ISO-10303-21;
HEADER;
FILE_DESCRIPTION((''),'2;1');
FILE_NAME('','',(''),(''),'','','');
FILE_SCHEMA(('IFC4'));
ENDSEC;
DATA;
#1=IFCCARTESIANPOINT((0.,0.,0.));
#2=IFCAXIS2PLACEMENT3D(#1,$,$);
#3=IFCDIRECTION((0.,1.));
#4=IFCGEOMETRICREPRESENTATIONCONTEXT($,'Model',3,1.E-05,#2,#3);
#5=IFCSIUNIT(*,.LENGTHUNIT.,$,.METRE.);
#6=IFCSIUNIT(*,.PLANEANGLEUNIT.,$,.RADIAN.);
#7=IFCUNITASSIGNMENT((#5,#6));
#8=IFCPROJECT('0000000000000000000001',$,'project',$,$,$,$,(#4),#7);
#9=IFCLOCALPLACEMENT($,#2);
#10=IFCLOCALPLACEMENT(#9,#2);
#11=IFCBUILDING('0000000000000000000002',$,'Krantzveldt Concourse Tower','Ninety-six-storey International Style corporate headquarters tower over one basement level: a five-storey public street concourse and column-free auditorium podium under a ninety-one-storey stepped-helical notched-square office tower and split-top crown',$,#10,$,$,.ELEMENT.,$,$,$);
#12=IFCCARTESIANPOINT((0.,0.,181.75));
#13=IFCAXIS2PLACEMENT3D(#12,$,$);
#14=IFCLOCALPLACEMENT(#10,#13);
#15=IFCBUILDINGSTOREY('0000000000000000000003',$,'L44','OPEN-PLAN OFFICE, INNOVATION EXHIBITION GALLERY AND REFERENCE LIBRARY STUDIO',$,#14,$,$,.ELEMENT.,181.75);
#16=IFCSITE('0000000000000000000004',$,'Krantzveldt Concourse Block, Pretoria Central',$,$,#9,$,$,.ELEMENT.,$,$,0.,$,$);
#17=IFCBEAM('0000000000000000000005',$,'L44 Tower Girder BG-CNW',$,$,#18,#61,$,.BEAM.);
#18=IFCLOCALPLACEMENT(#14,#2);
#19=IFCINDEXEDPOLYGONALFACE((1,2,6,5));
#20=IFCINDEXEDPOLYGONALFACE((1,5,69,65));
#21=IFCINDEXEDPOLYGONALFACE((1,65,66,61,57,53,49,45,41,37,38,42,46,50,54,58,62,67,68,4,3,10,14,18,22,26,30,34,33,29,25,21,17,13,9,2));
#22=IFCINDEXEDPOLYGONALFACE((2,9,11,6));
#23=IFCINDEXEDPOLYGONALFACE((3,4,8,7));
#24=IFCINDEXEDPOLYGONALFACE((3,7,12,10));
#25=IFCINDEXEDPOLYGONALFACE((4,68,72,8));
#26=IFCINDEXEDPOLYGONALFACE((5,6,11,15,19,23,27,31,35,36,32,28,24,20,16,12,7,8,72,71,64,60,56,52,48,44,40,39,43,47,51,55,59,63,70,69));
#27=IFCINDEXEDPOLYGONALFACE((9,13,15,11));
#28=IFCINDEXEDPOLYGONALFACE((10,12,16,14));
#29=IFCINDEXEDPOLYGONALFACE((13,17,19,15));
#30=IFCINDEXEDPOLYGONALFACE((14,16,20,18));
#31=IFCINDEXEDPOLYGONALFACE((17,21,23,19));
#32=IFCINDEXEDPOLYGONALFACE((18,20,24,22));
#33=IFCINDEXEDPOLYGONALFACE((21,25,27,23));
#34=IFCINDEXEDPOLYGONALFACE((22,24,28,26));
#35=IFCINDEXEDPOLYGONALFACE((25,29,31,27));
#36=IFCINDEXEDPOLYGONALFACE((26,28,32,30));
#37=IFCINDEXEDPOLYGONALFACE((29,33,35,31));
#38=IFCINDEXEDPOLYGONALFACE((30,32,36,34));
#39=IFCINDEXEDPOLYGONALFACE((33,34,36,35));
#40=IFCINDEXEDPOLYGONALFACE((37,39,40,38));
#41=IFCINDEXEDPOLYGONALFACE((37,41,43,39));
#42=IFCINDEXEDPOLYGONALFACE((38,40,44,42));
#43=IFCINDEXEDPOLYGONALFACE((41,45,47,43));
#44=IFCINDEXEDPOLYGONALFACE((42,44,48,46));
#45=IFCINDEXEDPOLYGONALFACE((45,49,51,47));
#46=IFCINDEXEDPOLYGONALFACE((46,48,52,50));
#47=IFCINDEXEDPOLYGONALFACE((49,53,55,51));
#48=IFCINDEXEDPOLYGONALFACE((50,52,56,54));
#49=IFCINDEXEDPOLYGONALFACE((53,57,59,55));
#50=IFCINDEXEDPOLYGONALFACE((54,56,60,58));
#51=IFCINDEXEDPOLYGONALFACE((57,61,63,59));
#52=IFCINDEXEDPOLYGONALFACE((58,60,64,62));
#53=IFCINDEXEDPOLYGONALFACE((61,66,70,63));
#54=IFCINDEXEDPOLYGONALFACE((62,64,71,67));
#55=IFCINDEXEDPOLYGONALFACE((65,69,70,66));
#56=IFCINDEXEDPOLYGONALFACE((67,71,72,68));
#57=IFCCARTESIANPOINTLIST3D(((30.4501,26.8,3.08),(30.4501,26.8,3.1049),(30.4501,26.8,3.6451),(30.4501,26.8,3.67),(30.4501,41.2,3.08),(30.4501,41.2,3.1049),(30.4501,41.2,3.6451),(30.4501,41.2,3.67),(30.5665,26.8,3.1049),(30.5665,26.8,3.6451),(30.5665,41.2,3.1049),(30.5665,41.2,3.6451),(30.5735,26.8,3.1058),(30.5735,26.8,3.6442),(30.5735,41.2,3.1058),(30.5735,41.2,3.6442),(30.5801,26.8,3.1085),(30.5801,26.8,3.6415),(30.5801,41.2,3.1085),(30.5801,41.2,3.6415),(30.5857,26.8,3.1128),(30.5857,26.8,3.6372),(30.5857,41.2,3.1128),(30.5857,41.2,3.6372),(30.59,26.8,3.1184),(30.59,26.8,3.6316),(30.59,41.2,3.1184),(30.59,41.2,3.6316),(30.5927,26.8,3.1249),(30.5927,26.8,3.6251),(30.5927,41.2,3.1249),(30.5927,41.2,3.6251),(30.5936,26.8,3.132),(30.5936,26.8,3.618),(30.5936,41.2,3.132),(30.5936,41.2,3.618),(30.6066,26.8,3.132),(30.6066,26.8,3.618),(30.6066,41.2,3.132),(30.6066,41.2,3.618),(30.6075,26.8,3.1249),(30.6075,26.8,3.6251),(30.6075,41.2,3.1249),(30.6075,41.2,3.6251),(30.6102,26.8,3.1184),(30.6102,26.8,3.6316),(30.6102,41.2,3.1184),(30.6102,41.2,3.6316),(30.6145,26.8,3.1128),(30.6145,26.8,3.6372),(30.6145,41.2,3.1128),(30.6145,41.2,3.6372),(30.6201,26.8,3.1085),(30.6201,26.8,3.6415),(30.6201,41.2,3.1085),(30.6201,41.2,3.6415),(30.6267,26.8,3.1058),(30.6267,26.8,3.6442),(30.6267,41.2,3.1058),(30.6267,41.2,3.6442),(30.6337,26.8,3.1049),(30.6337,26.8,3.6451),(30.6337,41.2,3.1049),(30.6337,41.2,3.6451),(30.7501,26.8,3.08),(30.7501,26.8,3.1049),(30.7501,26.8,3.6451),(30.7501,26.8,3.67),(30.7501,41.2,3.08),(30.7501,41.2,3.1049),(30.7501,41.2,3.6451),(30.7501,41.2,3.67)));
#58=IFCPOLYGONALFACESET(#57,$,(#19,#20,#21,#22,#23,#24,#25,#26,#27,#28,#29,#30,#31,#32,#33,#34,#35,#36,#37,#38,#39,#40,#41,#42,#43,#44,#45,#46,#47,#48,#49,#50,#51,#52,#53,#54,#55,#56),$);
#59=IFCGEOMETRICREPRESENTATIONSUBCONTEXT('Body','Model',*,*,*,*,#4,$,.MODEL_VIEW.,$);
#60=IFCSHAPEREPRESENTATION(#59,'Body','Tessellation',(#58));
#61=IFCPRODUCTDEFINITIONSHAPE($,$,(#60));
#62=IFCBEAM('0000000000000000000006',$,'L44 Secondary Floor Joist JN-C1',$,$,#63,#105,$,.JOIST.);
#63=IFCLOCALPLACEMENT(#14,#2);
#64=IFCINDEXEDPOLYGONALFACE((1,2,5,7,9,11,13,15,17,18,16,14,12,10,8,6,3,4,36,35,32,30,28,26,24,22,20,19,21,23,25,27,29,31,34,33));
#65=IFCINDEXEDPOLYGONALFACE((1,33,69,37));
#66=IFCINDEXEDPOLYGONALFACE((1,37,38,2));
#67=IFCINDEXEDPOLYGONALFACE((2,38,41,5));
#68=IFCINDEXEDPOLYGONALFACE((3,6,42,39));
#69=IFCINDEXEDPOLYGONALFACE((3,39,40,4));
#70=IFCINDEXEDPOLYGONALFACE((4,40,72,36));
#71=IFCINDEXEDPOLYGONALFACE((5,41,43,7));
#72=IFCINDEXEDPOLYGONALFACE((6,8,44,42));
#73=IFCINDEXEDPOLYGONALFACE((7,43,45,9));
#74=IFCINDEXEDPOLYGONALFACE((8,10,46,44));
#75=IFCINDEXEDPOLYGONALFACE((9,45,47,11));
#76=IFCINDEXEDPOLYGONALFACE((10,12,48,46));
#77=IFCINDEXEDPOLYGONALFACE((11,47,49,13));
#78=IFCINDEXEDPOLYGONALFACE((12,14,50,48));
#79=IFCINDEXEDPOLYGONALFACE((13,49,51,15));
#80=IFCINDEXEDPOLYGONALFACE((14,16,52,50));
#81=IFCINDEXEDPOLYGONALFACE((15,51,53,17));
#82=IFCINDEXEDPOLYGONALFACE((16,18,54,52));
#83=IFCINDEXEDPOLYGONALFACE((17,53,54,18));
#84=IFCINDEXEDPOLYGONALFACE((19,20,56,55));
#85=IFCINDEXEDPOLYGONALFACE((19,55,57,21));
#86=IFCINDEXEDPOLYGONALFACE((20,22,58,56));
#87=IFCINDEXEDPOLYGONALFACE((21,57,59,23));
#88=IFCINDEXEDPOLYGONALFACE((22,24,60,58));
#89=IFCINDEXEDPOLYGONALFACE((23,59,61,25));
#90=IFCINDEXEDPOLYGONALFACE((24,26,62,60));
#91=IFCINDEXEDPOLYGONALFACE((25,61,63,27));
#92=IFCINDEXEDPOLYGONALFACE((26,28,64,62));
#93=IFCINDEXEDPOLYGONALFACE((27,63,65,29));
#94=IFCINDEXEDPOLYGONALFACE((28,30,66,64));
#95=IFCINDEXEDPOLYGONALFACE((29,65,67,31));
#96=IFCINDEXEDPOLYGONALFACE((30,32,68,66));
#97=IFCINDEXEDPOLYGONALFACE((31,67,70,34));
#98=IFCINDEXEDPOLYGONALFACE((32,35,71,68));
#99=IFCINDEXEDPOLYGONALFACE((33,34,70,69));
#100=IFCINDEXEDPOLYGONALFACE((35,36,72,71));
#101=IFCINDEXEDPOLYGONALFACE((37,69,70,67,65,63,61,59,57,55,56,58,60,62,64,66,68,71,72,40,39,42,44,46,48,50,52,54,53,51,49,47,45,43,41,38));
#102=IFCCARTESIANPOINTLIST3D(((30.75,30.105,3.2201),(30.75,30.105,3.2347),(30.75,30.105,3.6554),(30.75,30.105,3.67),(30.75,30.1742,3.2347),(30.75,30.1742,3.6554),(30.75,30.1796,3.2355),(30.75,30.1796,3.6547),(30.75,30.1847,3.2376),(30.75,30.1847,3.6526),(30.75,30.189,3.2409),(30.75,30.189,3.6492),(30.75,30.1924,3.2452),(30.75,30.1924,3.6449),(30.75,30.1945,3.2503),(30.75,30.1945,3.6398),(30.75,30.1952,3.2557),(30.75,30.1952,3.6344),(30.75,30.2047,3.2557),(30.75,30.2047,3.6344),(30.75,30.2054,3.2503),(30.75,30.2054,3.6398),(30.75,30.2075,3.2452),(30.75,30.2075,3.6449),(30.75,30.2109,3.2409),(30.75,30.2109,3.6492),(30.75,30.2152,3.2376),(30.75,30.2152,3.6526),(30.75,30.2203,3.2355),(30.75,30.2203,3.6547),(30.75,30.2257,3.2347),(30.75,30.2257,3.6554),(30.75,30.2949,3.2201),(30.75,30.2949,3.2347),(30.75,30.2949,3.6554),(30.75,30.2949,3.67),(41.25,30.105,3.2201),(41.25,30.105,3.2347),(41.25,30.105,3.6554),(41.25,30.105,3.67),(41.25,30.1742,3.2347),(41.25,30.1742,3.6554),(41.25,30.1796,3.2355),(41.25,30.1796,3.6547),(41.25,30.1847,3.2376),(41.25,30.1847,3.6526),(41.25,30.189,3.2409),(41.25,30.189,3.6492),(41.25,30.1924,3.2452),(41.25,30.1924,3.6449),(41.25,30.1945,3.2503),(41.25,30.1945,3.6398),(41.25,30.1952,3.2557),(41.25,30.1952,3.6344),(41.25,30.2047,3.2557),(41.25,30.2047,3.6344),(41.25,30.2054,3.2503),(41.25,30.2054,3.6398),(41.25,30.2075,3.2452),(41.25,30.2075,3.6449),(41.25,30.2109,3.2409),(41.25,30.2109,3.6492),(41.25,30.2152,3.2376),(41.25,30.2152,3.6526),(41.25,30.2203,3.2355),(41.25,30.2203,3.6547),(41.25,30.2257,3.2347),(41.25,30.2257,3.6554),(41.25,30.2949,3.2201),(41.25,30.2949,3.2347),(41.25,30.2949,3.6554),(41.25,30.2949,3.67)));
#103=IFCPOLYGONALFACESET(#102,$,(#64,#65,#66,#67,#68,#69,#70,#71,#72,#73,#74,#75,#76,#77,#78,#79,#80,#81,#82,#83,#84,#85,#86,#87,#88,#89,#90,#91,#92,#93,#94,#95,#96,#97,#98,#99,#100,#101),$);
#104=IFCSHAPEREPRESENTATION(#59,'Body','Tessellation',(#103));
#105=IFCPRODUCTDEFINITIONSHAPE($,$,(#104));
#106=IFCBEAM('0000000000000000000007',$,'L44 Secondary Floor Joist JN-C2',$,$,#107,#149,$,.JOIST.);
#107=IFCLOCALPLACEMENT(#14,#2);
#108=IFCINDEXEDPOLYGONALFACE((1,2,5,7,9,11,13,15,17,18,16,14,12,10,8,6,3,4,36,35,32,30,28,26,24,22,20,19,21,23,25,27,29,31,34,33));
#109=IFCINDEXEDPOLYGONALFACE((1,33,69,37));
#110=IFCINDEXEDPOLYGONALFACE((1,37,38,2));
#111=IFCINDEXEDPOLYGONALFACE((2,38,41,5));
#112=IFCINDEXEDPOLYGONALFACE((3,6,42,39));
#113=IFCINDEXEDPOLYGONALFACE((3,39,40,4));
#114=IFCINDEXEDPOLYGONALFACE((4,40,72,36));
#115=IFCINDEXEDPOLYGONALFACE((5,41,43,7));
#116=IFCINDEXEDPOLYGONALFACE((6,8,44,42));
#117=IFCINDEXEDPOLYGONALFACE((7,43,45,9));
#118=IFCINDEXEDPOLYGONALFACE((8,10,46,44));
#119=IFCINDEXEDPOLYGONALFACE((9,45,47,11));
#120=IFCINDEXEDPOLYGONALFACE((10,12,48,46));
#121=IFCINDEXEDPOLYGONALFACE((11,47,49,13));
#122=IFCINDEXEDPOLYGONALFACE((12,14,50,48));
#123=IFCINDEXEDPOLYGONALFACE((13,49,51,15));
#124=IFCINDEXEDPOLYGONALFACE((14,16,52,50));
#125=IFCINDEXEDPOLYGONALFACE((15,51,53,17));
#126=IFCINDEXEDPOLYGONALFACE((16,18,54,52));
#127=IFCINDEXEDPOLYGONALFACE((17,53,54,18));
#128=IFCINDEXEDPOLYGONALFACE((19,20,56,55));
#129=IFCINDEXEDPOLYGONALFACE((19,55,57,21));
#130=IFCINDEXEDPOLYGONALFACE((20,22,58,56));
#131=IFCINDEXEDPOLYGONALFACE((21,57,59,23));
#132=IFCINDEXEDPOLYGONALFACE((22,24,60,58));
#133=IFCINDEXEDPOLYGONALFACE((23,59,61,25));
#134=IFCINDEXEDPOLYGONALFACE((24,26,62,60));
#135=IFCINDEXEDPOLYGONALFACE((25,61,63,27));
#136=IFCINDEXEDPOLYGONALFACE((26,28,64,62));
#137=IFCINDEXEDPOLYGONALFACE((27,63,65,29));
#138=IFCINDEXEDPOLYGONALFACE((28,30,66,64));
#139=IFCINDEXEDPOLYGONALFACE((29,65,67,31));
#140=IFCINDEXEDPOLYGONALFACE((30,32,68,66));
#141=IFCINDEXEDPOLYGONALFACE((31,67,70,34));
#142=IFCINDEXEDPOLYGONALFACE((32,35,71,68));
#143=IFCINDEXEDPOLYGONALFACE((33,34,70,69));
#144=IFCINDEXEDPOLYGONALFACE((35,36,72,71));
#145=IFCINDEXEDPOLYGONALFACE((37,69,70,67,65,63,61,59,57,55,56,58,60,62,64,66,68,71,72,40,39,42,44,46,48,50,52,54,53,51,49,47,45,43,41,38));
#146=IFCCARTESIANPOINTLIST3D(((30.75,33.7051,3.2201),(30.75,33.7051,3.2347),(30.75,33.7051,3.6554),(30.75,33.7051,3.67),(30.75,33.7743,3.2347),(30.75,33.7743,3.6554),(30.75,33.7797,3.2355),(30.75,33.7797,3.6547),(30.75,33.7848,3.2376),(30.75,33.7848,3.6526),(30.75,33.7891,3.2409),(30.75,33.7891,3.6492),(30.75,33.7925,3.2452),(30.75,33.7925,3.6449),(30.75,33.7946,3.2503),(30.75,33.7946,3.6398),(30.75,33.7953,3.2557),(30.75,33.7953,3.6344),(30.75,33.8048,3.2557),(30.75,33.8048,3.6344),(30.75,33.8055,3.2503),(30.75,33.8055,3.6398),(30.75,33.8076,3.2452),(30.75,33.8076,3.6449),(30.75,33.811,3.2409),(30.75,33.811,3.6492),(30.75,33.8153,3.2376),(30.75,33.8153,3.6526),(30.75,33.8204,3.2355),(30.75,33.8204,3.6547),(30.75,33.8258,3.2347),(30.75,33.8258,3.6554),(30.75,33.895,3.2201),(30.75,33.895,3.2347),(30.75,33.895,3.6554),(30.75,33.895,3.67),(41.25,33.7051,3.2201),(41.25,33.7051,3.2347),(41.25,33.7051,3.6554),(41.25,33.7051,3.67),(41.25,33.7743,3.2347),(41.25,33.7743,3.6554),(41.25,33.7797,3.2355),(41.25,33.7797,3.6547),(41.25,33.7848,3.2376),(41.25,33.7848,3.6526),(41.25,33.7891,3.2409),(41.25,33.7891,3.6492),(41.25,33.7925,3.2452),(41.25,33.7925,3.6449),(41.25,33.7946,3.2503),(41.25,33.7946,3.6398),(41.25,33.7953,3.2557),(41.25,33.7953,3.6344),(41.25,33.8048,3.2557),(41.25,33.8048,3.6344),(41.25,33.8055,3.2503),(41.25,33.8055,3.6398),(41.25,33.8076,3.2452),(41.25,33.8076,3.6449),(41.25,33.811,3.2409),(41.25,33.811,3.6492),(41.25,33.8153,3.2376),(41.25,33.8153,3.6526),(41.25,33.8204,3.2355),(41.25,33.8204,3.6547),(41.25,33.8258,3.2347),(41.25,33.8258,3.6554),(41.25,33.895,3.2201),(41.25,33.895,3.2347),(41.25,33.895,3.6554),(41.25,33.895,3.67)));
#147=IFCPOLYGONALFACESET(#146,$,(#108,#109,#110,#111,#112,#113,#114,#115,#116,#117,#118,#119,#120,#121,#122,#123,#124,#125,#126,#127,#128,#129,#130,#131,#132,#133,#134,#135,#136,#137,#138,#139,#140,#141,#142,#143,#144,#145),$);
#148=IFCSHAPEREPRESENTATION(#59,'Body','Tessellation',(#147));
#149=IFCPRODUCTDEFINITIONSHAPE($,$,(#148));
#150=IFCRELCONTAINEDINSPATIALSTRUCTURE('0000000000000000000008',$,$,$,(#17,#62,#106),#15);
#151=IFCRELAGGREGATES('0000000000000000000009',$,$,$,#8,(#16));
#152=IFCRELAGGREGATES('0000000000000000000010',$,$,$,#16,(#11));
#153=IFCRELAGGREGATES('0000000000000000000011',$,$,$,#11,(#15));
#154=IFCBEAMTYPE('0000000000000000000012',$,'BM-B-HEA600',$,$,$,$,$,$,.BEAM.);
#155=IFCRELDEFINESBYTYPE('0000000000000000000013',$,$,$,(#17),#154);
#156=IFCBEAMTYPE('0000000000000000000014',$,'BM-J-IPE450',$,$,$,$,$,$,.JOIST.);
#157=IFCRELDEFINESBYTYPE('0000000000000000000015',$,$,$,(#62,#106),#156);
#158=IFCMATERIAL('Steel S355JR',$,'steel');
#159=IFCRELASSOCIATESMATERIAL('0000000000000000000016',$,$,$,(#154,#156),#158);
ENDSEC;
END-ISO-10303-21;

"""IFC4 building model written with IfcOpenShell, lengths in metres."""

from ifc_helpers import new_model, si_unit, direction, frame, origin, origin_2d, place, context, subcontext, project, spatial, i_section, extrude, source, transform, mapped, material, material_profile, profile_set, type_object, type_shapes, element, save


model = new_model("IFC4")

# Units and contexts
model_context = context("Model", 3, precision=1e-05, world=origin(), true_north=direction((0.0, 1.0)))
body_context = subcontext(model_context, "Body", "Model", "MODEL_VIEW")
ifc_project = project(units=[si_unit("LENGTHUNIT", "METRE"), si_unit("PLANEANGLEUNIT", "RADIAN")], contexts=[model_context])

# Site, building, storey
site_placement = place(None, origin())
site = spatial("IfcSite", under=ifc_project, at=site_placement, Name="Krantzveldt Concourse Block, Pretoria Central", CompositionType="ELEMENT", RefElevation=0.0)
building_placement = place(site_placement, origin())
building = spatial("IfcBuilding", under=site, at=building_placement, Name="Krantzveldt Concourse Tower", Description="Ninety-six-storey International Style corporate headquarters tower over one basement level: a five-storey public street concourse and column-free auditorium podium under a ninety-one-storey stepped-helical notched-square office tower and split-top crown", CompositionType="ELEMENT")
storey_placement = place(building_placement, frame((0.0, 0.0, 181.75)))
storey = spatial("IfcBuildingStorey", under=building, at=storey_placement, Name="L44", Description="OPEN-PLAN OFFICE, INNOVATION EXHIBITION GALLERY AND REFERENCE LIBRARY STUDIO", CompositionType="ELEMENT", Elevation=181.75)

# Beams
ifc_material_1 = material(Name="Steel S355JR", Category="steel")
ifc_material_profile_1 = material_profile(ifc_material_1, i_section(OverallWidth=0.3, OverallDepth=0.5901, WebThickness=0.0129, FlangeThickness=0.0249, FilletRadius=0.0271, at=origin_2d()), Name="Steel S355JR", Category="steel")
ifc_profile_set_1 = profile_set([ifc_material_profile_1], Name="Steel S355JR - HEA 600")
beam_type_1 = type_object("IfcBeamType", Name="BM-B-HEA600", PredefinedType="BEAM", material=ifc_profile_set_1)
shared_shape_1 = source(origin(), body_context, "Body", "SweptSolid", [
    extrude(i_section(OverallWidth=0.3, OverallDepth=0.5901, WebThickness=0.0129, FlangeThickness=0.0249, FilletRadius=0.0271, at=origin_2d()), origin(), (0.0, 0.0, 1.0), 14.3999),
])
type_shapes(beam_type_1, [shared_shape_1])
beam_1_placement = place(storey_placement, frame((30.6001, 26.8, 3.375), z_axis=(0.0, 1.0, 0.0), x_axis=(-1.0, 0.0, 0.0)))
element("IfcBeam", 1, at=beam_1_placement, inside=storey, type_object=beam_type_1, Name="L44 Tower Girder BG-CNW", PredefinedType="BEAM", context=body_context, shape_type="MappedRepresentation", body=[
    mapped(shared_shape_1, transform((0.0, 0.0, 0.0), x_axis=(1.0, 0.0, 0.0), y_axis=(0.0, 1.0, 0.0), z_axis=(0.0, 0.0, 1.0), scale=1.0)),
])
ifc_material_profile_2 = material_profile(ifc_material_1, i_section(OverallWidth=0.1899, OverallDepth=0.45, WebThickness=0.0095, FlangeThickness=0.0146, FilletRadius=0.021, at=origin_2d()), Name="Steel S355JR", Category="steel")
ifc_profile_set_2 = profile_set([ifc_material_profile_2], Name="Steel S355JR - IPE 450")
beam_type_2 = type_object("IfcBeamType", Name="BM-J-IPE450", PredefinedType="JOIST", material=ifc_profile_set_2)
shared_shape_2 = source(origin(), body_context, "Body", "SweptSolid", [
    extrude(i_section(OverallWidth=0.1899, OverallDepth=0.45, WebThickness=0.0095, FlangeThickness=0.0146, FilletRadius=0.021, at=origin_2d()), origin(), (0.0, 0.0, 1.0), 10.5),
])
for number, where, z_axis, x_axis, name in (
    (2, (30.75, 30.2, 3.4451), (1.0, 0.0, 0.0), (0.0, 1.0, 0.0), "L44 Secondary Floor Joist JN-C1"),
    (3, (30.75, 33.8, 3.4451), (1.0, 0.0, 0.0), (0.0, 1.0, 0.0), "L44 Secondary Floor Joist JN-C2"),
):
    element("IfcBeam", number, at=place(storey_placement, frame(where, z_axis=z_axis, x_axis=x_axis)), inside=storey, type_object=beam_type_2, Name=name, PredefinedType="JOIST", context=body_context, shape_type="MappedRepresentation", body=[
        mapped(shared_shape_2, transform((0.0, 0.0, 0.0), x_axis=(1.0, 0.0, 0.0), y_axis=(0.0, 1.0, 0.0), z_axis=(0.0, 0.0, 1.0), scale=1.0)),
    ])

save(model, "model.ifc")
